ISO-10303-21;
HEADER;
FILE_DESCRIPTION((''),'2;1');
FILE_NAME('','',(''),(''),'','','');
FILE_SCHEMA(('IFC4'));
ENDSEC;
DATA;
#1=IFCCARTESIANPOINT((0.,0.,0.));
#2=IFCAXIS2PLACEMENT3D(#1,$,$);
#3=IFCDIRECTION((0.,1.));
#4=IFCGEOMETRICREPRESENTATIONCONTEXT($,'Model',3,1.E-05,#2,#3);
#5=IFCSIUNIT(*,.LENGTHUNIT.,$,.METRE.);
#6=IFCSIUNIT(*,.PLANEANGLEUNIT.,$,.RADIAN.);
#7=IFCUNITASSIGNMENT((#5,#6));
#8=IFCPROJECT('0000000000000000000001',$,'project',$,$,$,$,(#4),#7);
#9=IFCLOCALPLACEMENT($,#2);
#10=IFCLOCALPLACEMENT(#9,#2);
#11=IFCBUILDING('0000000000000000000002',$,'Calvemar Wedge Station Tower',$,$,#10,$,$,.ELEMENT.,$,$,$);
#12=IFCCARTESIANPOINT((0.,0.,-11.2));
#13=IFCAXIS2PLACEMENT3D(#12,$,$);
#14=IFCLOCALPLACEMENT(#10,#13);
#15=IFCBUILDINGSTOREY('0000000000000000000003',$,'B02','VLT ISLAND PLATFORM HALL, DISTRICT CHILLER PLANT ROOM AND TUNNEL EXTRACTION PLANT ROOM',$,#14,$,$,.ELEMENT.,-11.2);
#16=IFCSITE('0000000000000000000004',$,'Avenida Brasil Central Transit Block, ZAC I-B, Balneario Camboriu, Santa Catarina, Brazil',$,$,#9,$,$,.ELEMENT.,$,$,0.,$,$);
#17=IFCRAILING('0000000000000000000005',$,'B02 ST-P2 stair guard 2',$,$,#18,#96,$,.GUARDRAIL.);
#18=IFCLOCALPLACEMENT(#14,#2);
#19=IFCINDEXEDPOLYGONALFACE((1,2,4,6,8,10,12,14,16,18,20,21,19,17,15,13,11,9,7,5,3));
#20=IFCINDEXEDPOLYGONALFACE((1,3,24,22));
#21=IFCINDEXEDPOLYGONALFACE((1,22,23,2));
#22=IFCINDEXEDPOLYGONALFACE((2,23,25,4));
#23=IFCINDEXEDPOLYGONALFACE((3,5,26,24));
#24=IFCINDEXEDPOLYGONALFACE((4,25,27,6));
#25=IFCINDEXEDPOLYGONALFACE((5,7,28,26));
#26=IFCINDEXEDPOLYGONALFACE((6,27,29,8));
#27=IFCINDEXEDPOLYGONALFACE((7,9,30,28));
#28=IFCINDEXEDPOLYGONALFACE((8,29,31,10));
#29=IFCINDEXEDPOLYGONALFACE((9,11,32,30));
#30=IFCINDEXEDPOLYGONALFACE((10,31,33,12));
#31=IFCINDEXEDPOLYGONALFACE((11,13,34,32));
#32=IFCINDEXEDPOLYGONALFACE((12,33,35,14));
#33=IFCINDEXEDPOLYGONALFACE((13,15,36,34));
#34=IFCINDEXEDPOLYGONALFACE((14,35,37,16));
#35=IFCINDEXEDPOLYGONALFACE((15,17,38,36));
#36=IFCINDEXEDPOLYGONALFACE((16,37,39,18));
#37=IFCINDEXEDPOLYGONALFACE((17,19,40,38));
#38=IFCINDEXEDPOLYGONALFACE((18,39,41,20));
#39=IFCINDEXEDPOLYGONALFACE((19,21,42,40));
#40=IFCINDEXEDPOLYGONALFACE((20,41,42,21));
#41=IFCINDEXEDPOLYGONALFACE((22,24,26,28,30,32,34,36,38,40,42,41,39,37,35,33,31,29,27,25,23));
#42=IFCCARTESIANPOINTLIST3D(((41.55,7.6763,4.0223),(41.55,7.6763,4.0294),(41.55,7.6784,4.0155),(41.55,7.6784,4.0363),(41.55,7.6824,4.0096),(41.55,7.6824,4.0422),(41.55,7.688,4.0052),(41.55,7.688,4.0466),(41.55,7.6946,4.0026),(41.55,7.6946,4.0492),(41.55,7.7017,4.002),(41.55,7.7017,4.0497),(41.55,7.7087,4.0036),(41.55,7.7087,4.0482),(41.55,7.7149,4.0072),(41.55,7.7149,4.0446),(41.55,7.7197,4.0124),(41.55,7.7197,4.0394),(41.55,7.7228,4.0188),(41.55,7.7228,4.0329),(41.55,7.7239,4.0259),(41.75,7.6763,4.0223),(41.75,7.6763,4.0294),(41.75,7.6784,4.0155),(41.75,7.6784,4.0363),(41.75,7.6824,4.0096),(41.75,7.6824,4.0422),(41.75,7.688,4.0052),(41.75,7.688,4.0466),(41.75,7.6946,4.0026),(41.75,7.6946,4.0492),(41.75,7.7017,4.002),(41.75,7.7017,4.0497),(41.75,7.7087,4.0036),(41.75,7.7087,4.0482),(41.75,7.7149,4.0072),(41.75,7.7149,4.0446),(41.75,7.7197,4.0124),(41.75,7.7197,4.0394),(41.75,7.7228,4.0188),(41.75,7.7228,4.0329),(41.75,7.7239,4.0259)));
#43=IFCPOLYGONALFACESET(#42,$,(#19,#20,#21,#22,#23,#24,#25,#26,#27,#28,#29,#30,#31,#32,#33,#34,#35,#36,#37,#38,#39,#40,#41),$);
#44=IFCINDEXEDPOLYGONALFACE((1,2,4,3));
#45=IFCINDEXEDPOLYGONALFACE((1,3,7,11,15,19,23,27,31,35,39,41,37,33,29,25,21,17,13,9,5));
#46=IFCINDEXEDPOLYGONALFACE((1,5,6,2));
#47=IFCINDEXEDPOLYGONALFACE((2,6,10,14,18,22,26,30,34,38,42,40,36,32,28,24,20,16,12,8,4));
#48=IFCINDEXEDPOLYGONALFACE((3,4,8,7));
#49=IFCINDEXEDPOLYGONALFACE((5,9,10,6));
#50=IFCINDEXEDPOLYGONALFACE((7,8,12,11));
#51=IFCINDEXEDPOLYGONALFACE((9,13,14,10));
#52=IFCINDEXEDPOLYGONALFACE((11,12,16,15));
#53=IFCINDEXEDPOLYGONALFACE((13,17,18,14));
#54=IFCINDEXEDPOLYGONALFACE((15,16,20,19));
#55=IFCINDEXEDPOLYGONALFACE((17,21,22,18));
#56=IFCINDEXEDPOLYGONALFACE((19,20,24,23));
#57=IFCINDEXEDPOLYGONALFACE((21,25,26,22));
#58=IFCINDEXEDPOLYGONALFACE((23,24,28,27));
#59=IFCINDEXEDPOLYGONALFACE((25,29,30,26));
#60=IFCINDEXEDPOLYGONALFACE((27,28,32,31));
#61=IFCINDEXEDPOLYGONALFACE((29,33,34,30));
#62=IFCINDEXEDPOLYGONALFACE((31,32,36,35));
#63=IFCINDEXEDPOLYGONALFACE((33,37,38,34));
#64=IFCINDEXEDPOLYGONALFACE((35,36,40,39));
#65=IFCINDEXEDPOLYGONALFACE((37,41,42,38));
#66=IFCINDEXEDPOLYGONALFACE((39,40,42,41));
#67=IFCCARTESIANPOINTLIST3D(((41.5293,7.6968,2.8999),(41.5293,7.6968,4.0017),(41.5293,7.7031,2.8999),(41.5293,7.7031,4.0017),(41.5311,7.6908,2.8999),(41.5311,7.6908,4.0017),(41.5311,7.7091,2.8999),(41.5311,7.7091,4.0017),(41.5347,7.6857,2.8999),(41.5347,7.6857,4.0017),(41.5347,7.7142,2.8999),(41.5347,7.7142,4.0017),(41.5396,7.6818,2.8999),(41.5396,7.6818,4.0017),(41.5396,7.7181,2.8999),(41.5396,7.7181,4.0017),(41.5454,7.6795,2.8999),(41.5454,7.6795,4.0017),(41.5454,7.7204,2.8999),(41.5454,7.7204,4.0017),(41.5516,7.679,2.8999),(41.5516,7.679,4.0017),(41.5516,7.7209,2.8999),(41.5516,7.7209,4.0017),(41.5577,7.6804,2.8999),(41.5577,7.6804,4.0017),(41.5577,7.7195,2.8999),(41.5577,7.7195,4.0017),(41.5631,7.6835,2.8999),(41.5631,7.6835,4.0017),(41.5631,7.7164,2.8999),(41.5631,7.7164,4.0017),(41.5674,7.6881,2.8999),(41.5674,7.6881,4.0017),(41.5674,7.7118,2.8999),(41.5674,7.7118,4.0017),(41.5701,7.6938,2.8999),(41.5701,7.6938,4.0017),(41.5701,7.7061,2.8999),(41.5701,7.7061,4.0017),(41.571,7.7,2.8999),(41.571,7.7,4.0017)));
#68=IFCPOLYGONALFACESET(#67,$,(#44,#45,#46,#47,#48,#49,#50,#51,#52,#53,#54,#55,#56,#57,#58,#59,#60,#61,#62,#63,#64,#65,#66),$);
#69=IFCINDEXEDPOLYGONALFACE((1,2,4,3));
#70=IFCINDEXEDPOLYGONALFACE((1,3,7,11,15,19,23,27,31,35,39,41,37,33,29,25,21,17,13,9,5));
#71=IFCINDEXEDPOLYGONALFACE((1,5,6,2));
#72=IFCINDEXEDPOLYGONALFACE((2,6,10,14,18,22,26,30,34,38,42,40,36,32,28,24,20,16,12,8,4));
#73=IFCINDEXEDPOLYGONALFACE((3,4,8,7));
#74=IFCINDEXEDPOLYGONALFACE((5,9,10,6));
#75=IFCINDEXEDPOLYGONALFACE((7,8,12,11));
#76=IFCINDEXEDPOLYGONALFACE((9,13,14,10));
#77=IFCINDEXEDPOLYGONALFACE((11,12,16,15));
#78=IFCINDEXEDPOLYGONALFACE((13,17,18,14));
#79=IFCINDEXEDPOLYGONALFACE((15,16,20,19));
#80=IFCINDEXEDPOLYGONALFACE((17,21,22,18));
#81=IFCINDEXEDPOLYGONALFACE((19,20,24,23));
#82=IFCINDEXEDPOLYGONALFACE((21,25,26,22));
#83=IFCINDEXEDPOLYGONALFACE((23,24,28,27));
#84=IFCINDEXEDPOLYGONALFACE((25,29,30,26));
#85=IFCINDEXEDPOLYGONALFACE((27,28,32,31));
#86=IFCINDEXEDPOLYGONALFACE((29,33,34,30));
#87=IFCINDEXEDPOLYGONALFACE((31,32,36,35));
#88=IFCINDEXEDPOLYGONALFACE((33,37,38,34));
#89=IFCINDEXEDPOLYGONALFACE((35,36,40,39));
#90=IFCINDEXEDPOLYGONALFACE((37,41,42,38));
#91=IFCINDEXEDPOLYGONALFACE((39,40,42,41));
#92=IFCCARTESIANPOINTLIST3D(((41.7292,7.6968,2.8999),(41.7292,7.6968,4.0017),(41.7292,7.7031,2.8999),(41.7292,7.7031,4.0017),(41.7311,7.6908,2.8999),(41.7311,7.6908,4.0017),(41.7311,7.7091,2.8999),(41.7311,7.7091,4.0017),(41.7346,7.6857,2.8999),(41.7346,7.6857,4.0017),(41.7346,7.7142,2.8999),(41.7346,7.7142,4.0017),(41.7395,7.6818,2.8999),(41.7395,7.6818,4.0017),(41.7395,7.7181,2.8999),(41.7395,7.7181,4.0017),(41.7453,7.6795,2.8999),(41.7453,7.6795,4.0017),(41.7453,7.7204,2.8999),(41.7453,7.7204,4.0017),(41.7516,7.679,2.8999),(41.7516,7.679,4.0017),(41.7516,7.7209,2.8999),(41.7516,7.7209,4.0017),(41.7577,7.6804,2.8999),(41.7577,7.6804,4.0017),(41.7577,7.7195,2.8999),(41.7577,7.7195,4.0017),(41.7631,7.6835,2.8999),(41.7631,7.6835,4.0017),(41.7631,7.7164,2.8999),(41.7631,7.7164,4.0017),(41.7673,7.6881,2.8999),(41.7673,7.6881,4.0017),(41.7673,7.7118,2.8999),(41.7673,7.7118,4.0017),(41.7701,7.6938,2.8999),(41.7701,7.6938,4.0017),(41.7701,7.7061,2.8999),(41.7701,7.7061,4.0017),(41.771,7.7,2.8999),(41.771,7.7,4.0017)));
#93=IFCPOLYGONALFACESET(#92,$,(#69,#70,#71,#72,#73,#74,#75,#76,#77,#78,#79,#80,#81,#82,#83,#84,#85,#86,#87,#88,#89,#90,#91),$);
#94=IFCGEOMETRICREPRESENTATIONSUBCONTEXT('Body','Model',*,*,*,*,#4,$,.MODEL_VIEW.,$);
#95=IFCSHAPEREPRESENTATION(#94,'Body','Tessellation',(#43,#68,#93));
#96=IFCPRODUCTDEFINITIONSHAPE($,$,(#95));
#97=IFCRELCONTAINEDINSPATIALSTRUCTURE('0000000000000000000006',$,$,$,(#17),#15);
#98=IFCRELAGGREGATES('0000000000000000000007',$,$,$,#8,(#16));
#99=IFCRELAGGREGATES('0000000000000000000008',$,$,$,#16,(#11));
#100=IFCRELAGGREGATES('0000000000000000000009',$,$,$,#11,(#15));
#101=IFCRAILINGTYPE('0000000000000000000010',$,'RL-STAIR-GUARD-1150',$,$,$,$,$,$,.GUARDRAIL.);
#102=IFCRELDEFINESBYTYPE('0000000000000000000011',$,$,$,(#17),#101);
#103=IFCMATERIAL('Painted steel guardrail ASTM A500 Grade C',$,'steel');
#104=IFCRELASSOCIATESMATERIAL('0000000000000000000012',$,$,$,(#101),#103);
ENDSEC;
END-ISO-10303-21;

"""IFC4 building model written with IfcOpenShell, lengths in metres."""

from ifc_helpers import new_model, si_unit, direction, frame, origin, origin_2d, place, context, subcontext, project, spatial, circle, extrude, material, type_object, element, save


model = new_model("IFC4")

# Units and contexts
model_context = context("Model", 3, precision=1e-05, world=origin(), true_north=direction((0.0, 1.0)))
body_context = subcontext(model_context, "Body", "Model", "MODEL_VIEW")
ifc_project = project(units=[si_unit("LENGTHUNIT", "METRE"), si_unit("PLANEANGLEUNIT", "RADIAN")], contexts=[model_context])

# Site, building, storey
site_placement = place(None, origin())
site = spatial("IfcSite", under=ifc_project, at=site_placement, Name="Avenida Brasil Central Transit Block, ZAC I-B, Balneario Camboriu, Santa Catarina, Brazil", CompositionType="ELEMENT", RefElevation=0.0)
building_placement = place(site_placement, origin())
building = spatial("IfcBuilding", under=site, at=building_placement, Name="Calvemar Wedge Station Tower", CompositionType="ELEMENT")
storey_placement = place(building_placement, frame((0.0, 0.0, -11.2)))
storey = spatial("IfcBuildingStorey", under=building, at=storey_placement, Name="B02", Description="VLT ISLAND PLATFORM HALL, DISTRICT CHILLER PLANT ROOM AND TUNNEL EXTRACTION PLANT ROOM", CompositionType="ELEMENT", Elevation=-11.2)

# Railing
ifc_material_1 = material(Name="Painted steel guardrail ASTM A500 Grade C", Category="steel")
railing_type_1 = type_object("IfcRailingType", Name="RL-STAIR-GUARD-1150", PredefinedType="GUARDRAIL", material=ifc_material_1)
railing_1_placement = place(storey_placement, frame((41.55, 7.7, 2.8999)))
element("IfcRailing", 1, at=railing_1_placement, inside=storey, type_object=railing_type_1, Name="B02 ST-P2 stair guard 2", PredefinedType="GUARDRAIL", context=body_context, shape_type="SweptSolid", body=[
    extrude(circle(Radius=0.0239, at=origin_2d()), frame((0.0, 0.0, 1.126), z_axis=(1.0, 0.0, 0.0), x_axis=(0.0, 1.0, 0.0)), (0.0, 0.0, 1.0), 0.2),
    extrude(circle(Radius=0.021, at=origin_2d()), origin(), (0.0, 0.0, 1.0), 1.1018),
    extrude(circle(Radius=0.021, at=origin_2d()), frame((0.2, 0.0, 0.0)), (0.0, 0.0, 1.0), 1.1018),
])

save(model, "model.ifc")
